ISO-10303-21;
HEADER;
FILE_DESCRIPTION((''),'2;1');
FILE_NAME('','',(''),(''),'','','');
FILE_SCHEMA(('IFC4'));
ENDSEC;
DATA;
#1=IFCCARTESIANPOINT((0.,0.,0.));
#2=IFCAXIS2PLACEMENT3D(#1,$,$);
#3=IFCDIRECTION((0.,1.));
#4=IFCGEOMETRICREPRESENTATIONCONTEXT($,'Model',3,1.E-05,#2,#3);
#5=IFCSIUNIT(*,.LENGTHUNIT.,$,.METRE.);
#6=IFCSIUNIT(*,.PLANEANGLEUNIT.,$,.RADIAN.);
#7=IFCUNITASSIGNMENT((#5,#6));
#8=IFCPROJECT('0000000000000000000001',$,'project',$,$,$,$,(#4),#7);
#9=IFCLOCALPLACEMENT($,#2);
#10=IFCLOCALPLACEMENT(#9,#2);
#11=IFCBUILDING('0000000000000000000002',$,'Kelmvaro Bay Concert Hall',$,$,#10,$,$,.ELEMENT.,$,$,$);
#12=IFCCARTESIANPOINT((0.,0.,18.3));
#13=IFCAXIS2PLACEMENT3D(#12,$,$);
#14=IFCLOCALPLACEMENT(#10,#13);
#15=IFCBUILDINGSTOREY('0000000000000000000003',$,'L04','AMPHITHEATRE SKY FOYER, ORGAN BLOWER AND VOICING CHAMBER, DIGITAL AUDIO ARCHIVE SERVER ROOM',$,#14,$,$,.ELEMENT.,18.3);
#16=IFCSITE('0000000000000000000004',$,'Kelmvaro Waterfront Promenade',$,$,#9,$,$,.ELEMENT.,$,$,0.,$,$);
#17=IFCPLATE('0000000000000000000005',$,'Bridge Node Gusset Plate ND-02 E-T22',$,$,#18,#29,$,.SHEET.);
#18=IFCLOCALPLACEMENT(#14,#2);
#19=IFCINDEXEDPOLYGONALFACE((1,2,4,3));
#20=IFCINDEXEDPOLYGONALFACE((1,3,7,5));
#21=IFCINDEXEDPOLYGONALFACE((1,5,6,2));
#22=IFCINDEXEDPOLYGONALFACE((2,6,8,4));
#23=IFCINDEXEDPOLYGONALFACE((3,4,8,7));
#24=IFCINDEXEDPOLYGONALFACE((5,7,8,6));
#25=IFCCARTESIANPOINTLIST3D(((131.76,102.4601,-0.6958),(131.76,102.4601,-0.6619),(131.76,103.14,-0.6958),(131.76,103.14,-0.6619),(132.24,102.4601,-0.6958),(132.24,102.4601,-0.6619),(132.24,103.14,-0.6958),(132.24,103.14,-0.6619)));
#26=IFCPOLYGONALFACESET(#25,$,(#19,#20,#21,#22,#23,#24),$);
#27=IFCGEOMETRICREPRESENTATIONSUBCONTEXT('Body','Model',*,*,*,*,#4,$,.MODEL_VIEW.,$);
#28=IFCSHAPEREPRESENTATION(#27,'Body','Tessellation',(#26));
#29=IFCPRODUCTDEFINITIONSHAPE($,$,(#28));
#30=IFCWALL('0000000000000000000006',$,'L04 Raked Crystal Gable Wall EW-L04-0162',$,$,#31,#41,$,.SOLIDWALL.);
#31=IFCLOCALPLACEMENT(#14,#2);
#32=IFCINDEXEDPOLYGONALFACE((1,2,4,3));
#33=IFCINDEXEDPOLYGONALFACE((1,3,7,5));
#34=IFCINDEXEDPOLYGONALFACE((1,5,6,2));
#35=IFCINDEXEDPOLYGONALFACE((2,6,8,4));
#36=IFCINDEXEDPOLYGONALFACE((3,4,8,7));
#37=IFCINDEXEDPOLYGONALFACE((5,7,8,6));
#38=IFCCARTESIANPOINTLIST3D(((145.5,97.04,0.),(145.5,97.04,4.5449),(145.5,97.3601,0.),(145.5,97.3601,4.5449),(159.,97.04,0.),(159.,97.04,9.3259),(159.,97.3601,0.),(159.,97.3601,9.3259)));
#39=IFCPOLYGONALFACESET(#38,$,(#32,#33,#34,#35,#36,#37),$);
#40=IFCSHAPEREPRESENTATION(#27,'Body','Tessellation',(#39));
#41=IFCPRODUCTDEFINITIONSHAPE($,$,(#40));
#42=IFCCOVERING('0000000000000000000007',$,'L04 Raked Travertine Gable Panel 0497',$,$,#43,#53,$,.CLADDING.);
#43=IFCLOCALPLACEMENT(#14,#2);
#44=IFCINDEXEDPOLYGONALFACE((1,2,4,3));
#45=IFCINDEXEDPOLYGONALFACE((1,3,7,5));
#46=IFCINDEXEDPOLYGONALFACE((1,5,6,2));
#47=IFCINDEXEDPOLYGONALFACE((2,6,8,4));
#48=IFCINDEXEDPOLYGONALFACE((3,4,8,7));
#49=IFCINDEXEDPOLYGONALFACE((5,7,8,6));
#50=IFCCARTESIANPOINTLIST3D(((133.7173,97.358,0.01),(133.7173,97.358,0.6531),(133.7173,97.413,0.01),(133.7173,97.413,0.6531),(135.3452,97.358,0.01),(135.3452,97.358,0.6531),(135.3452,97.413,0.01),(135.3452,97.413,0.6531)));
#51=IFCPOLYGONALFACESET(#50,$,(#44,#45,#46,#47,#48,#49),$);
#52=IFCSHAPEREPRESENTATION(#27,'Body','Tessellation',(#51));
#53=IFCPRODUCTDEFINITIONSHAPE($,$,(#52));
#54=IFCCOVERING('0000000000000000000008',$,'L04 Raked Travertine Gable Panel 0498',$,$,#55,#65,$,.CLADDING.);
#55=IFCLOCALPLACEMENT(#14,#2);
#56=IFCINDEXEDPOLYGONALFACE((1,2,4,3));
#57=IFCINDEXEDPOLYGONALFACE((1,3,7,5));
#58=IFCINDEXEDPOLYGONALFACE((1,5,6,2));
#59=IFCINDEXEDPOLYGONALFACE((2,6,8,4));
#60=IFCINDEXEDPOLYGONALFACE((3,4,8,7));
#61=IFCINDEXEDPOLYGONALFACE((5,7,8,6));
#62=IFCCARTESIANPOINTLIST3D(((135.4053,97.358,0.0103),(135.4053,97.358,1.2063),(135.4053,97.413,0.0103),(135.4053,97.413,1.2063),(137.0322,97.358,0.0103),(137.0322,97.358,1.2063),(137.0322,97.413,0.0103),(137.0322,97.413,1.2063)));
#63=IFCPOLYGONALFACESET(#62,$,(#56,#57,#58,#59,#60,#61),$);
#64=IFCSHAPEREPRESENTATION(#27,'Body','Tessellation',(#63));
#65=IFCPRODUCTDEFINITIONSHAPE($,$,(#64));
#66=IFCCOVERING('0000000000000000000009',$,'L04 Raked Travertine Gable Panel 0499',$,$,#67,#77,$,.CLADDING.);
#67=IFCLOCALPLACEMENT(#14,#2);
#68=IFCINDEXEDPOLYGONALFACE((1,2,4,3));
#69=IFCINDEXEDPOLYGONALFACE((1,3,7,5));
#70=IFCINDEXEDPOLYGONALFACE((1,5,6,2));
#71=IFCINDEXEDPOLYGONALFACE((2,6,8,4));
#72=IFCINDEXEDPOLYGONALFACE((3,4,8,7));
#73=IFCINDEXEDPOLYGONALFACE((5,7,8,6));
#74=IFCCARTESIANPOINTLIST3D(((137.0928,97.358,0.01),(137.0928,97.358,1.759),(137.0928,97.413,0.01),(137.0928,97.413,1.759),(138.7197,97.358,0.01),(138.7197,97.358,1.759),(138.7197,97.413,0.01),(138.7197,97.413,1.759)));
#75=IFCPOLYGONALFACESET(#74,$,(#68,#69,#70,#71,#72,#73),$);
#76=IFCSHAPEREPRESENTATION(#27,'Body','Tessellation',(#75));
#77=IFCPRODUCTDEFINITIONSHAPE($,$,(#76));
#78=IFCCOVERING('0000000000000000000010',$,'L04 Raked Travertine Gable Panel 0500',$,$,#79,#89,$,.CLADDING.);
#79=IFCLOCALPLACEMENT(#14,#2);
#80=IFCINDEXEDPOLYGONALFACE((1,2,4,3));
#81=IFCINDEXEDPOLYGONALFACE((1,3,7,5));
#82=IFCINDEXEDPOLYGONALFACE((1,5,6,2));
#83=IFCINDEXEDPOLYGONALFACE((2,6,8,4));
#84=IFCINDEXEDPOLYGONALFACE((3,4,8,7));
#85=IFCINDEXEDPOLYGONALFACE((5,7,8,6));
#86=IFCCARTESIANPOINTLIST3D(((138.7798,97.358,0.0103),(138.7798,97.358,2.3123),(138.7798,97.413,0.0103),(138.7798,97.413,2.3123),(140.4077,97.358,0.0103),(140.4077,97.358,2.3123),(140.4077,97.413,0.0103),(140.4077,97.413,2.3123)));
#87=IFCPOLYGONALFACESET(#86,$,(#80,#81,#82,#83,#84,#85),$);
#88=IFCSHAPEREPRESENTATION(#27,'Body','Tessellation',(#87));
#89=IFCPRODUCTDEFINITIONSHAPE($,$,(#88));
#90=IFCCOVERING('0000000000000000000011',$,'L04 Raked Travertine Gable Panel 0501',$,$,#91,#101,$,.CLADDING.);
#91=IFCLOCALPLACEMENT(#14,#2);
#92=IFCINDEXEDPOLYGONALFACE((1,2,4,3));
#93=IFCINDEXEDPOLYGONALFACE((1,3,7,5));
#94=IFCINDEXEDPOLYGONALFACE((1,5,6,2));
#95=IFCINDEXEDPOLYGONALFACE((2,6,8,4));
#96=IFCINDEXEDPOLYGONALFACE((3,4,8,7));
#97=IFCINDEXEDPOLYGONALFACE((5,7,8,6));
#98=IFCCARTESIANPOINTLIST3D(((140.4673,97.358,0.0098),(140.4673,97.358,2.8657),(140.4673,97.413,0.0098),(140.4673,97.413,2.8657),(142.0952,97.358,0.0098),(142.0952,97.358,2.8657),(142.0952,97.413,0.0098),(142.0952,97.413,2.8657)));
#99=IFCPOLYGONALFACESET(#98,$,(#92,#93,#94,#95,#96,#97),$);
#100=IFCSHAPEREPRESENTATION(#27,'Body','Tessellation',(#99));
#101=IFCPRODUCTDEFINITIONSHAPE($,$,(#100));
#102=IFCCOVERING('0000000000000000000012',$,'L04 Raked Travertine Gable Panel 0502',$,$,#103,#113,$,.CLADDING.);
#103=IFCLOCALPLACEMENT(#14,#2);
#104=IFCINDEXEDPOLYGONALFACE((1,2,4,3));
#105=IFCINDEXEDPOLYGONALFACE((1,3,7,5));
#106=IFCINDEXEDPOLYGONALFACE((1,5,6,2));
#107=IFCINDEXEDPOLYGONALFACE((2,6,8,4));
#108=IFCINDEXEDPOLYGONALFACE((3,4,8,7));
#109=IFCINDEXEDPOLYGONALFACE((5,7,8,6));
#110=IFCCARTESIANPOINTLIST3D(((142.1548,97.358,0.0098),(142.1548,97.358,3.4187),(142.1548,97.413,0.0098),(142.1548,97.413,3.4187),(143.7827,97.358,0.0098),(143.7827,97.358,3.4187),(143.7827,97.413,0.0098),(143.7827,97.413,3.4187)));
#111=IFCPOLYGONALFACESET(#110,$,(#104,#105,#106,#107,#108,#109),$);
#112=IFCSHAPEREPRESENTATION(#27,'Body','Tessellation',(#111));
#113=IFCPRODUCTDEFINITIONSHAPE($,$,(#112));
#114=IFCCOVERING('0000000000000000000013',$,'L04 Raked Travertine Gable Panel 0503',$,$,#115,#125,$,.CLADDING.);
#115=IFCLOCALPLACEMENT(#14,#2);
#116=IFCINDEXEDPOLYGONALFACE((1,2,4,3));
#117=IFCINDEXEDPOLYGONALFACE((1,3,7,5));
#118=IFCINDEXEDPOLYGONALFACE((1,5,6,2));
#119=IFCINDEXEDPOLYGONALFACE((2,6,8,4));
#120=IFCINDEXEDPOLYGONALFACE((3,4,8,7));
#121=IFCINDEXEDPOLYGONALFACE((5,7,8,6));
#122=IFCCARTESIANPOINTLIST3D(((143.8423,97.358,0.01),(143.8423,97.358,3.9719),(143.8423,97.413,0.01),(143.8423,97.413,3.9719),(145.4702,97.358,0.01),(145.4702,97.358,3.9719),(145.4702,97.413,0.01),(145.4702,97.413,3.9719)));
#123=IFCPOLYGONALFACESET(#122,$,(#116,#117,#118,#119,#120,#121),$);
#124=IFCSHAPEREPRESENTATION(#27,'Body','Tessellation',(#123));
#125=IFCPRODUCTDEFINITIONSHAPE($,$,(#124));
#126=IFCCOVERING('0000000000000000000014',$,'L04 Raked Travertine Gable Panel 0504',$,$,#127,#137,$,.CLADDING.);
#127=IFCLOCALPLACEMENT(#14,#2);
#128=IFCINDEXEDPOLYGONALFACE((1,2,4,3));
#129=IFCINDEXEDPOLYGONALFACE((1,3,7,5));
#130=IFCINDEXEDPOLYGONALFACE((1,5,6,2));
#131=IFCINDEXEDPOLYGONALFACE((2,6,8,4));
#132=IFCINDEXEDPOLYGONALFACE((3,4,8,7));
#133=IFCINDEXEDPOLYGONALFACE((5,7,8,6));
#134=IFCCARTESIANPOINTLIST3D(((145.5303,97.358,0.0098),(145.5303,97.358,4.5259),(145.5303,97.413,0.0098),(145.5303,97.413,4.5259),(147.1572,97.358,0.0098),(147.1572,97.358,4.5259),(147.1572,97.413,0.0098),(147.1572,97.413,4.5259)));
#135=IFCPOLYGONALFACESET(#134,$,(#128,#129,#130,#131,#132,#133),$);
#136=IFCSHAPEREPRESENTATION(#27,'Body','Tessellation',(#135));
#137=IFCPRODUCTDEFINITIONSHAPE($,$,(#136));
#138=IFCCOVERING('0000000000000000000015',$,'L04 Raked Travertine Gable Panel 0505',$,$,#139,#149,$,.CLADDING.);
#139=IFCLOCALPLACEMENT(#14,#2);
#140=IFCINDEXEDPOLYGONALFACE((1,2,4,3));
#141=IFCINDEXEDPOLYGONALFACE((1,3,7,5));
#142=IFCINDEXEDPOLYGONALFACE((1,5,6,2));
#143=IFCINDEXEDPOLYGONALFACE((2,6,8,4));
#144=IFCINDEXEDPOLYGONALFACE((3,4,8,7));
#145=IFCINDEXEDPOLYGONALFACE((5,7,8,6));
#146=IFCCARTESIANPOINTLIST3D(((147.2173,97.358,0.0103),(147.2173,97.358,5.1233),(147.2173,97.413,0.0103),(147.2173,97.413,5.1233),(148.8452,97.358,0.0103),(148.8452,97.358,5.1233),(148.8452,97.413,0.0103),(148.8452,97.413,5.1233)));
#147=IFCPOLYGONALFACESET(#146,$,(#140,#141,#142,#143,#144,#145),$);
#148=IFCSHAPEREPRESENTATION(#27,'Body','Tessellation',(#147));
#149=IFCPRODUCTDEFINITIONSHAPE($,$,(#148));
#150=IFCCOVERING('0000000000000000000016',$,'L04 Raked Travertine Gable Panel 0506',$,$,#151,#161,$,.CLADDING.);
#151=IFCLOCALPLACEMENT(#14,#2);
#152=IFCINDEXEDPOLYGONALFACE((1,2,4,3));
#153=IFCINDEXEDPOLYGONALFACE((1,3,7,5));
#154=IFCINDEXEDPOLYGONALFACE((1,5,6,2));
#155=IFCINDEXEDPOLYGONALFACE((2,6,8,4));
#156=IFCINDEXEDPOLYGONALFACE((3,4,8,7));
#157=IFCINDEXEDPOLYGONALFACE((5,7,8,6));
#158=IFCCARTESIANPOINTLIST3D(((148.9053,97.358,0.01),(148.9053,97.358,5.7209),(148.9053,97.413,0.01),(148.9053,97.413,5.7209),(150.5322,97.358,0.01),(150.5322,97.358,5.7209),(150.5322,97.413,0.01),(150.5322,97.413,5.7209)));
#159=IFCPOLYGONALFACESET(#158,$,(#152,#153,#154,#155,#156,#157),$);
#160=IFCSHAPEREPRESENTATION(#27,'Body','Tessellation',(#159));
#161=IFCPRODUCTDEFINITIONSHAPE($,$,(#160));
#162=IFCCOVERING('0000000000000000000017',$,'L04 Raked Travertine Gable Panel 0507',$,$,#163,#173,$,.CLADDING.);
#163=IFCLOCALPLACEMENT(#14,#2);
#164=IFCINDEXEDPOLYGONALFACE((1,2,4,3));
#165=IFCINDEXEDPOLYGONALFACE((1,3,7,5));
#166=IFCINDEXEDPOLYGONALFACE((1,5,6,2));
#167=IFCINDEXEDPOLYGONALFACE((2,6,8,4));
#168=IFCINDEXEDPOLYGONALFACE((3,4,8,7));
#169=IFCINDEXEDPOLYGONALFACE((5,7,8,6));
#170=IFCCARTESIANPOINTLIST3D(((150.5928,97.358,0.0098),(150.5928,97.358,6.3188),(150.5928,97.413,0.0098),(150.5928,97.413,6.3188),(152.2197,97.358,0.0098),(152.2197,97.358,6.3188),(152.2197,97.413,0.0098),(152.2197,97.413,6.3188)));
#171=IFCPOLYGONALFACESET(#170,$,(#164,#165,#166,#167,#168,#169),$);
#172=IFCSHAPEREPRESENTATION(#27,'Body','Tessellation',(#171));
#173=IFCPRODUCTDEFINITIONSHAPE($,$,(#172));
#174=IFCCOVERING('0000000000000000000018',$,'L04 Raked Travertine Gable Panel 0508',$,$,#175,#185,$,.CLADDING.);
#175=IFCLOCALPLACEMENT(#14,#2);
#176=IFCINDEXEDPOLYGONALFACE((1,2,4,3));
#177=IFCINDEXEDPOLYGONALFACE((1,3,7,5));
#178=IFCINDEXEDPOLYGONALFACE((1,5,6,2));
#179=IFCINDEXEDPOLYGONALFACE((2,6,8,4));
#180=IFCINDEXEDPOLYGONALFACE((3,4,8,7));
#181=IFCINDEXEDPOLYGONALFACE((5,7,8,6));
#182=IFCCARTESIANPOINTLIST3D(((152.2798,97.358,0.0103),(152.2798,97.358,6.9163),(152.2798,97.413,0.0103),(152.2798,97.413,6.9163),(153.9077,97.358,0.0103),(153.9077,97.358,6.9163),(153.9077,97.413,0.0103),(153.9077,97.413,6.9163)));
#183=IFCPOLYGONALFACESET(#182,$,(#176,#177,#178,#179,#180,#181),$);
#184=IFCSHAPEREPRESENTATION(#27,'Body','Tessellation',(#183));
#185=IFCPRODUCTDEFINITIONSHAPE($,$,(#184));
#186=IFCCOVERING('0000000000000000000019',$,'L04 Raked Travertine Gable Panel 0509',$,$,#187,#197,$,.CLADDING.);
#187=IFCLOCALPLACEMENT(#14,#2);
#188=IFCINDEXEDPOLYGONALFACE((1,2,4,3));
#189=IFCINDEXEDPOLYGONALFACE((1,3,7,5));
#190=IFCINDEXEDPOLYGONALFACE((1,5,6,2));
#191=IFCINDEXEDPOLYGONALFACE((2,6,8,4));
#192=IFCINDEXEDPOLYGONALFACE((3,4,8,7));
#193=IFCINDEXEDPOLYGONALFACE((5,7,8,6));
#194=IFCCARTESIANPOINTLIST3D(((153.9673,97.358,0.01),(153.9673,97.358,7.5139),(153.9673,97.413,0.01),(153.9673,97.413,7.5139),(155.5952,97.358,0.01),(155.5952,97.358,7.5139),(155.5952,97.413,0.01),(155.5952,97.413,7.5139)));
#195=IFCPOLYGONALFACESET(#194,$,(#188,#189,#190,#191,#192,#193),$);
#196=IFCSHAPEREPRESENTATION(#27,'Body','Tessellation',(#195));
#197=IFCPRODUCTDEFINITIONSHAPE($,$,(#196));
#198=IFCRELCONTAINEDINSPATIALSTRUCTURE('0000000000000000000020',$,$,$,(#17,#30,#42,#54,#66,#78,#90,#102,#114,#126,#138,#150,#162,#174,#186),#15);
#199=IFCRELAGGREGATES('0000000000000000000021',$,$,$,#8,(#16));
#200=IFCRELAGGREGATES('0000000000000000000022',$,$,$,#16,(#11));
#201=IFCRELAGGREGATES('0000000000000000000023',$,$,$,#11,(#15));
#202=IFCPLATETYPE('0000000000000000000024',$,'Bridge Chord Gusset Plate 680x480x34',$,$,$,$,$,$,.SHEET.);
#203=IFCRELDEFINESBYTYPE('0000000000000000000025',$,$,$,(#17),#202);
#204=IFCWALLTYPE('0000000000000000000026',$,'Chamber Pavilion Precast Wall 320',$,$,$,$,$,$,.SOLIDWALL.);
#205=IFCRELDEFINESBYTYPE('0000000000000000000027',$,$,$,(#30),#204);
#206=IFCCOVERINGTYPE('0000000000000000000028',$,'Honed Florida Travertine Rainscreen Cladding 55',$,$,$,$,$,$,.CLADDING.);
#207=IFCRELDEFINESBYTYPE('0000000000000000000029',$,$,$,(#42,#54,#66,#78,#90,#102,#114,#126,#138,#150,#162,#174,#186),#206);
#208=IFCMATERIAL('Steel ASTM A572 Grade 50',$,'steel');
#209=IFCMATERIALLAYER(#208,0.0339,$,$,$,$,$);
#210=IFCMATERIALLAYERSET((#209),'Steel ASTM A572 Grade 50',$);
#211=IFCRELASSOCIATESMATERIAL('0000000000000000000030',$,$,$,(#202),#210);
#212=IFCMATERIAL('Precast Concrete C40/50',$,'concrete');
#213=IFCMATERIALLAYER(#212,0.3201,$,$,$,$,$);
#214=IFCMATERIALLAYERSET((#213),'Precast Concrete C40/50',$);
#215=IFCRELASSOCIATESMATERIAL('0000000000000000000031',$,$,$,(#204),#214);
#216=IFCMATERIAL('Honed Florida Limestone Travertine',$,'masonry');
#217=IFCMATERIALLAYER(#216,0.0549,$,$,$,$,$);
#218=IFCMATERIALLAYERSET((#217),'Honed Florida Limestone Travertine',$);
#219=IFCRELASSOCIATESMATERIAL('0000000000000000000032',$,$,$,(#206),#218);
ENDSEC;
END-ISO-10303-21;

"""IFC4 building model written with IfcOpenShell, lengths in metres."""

from ifc_helpers import new_model, si_unit, direction, frame, origin, origin_2d, place, context, subcontext, project, spatial, polyline, rectangle, outline, extrude, material, layer, layer_set, type_object, element, save


model = new_model("IFC4")

# Units and contexts
model_context = context("Model", 3, precision=1e-05, world=origin(), true_north=direction((0.0, 1.0)))
body_context = subcontext(model_context, "Body", "Model", "MODEL_VIEW")
ifc_project = project(units=[si_unit("LENGTHUNIT", "METRE"), si_unit("PLANEANGLEUNIT", "RADIAN")], contexts=[model_context])

# Site, building, storey
site_placement = place(None, origin())
site = spatial("IfcSite", under=ifc_project, at=site_placement, Name="Kelmvaro Waterfront Promenade", CompositionType="ELEMENT", RefElevation=0.0)
building_placement = place(site_placement, origin())
building = spatial("IfcBuilding", under=site, at=building_placement, Name="Kelmvaro Bay Concert Hall", CompositionType="ELEMENT")
storey_placement = place(building_placement, frame((0.0, 0.0, 18.3)))
storey = spatial("IfcBuildingStorey", under=building, at=storey_placement, Name="L04", Description="AMPHITHEATRE SKY FOYER, ORGAN BLOWER AND VOICING CHAMBER, DIGITAL AUDIO ARCHIVE SERVER ROOM", CompositionType="ELEMENT", Elevation=18.3)

# Plate
ifc_material_1 = material(Name="Steel ASTM A572 Grade 50", Category="steel")
ifc_layer_1 = layer(ifc_material_1, 0.0339)
ifc_layer_set_1 = layer_set([ifc_layer_1], Name="Steel ASTM A572 Grade 50")
plate_type_1 = type_object("IfcPlateType", Name="Bridge Chord Gusset Plate 680x480x34", PredefinedType="SHEET", material=ifc_layer_set_1)
plate_1_placement = place(storey_placement, frame((132.0, 102.8, -0.6958), z_axis=(0.0, 0.0, 1.0), x_axis=(0.0, 1.0, 0.0)))
element("IfcPlate", 1, at=plate_1_placement, inside=storey, type_object=plate_type_1, Name="Bridge Node Gusset Plate ND-02 E-T22", PredefinedType="SHEET", context=body_context, shape_type="SweptSolid", body=[
    extrude(rectangle(XDim=0.6799, YDim=0.48, at=origin_2d()), origin(), (0.0, 0.0, 1.0), 0.0339),
])

# Wall
ifc_material_2 = material(Name="Precast Concrete C40/50", Category="concrete")
ifc_layer_2 = layer(ifc_material_2, 0.3201)
ifc_layer_set_2 = layer_set([ifc_layer_2], Name="Precast Concrete C40/50")
wall_type = type_object("IfcWallType", Name="Chamber Pavilion Precast Wall 320", PredefinedType="SOLIDWALL", material=ifc_layer_set_2)
wall_placement = place(storey_placement, frame((145.5, 97.2, 0.0), z_axis=(0.0, 0.0, 1.0), x_axis=(1.0, 0.0, 0.0)))
element("IfcWall", 2, at=wall_placement, inside=storey, type_object=wall_type, Name="L04 Raked Crystal Gable Wall EW-L04-0162", PredefinedType="SOLIDWALL", context=body_context, shape_type="SweptSolid", body=[
    extrude(outline(polyline([(0.0, 0.0), (13.5, 0.0), (13.5, 9.3259), (0.0, 4.5449), (0.0, 0.0)])), frame((0.0, 0.1602, 0.0), z_axis=(0.0, -1.0, 0.0), x_axis=(1.0, 0.0, 0.0)), (0.0, 0.0, 1.0), 0.3201),
])

# Coverings
ifc_material_3 = material(Name="Honed Florida Limestone Travertine", Category="masonry")
ifc_layer_3 = layer(ifc_material_3, 0.0549)
ifc_layer_set_3 = layer_set([ifc_layer_3], Name="Honed Florida Limestone Travertine")
covering_type = type_object("IfcCoveringType", Name="Honed Florida Travertine Rainscreen Cladding 55", PredefinedType="CLADDING", material=ifc_layer_set_3)
covering_1_placement = place(storey_placement, frame((134.5312, 97.3855, 0.01), z_axis=(0.0, 0.0, 1.0), x_axis=(1.0, 0.0, 0.0)))
element("IfcCovering", 3, at=covering_1_placement, inside=storey, type_object=covering_type, Name="L04 Raked Travertine Gable Panel 0497", PredefinedType="CLADDING", context=body_context, shape_type="SweptSolid", body=[
    extrude(rectangle(XDim=1.6279, YDim=0.0549, at=origin_2d()), origin(), (0.0, 0.0, 1.0), 0.6431),
])
covering_2_placement = place(storey_placement, frame((136.2188, 97.3855, 0.0103), z_axis=(0.0, 0.0, 1.0), x_axis=(1.0, 0.0, 0.0)))
element("IfcCovering", 4, at=covering_2_placement, inside=storey, type_object=covering_type, Name="L04 Raked Travertine Gable Panel 0498", PredefinedType="CLADDING", context=body_context, shape_type="SweptSolid", body=[
    extrude(rectangle(XDim=1.627, YDim=0.0549, at=origin_2d()), origin(), (0.0, 0.0, 1.0), 1.196),
])
covering_3_placement = place(storey_placement, frame((137.9062, 97.3855, 0.01), z_axis=(0.0, 0.0, 1.0), x_axis=(1.0, 0.0, 0.0)))
element("IfcCovering", 5, at=covering_3_placement, inside=storey, type_object=covering_type, Name="L04 Raked Travertine Gable Panel 0499", PredefinedType="CLADDING", context=body_context, shape_type="SweptSolid", body=[
    extrude(rectangle(XDim=1.627, YDim=0.0549, at=origin_2d()), origin(), (0.0, 0.0, 1.0), 1.749),
])
covering_4_placement = place(storey_placement, frame((139.5938, 97.3855, 0.0103), z_axis=(0.0, 0.0, 1.0), x_axis=(1.0, 0.0, 0.0)))
element("IfcCovering", 6, at=covering_4_placement, inside=storey, type_object=covering_type, Name="L04 Raked Travertine Gable Panel 0500", PredefinedType="CLADDING", context=body_context, shape_type="SweptSolid", body=[
    extrude(rectangle(XDim=1.6279, YDim=0.0549, at=origin_2d()), origin(), (0.0, 0.0, 1.0), 2.302),
])
covering_5_placement = place(storey_placement, frame((141.2812, 97.3855, 0.0098), z_axis=(0.0, 0.0, 1.0), x_axis=(1.0, 0.0, 0.0)))
element("IfcCovering", 7, at=covering_5_placement, inside=storey, type_object=covering_type, Name="L04 Raked Travertine Gable Panel 0501", PredefinedType="CLADDING", context=body_context, shape_type="SweptSolid", body=[
    extrude(rectangle(XDim=1.6279, YDim=0.0549, at=origin_2d()), origin(), (0.0, 0.0, 1.0), 2.856),
])
covering_6_placement = place(storey_placement, frame((142.9688, 97.3855, 0.0098), z_axis=(0.0, 0.0, 1.0), x_axis=(1.0, 0.0, 0.0)))
element("IfcCovering", 8, at=covering_6_placement, inside=storey, type_object=covering_type, Name="L04 Raked Travertine Gable Panel 0502", PredefinedType="CLADDING", context=body_context, shape_type="SweptSolid", body=[
    extrude(rectangle(XDim=1.6279, YDim=0.0549, at=origin_2d()), origin(), (0.0, 0.0, 1.0), 3.4089),
])
covering_7_placement = place(storey_placement, frame((144.6562, 97.3855, 0.01), z_axis=(0.0, 0.0, 1.0), x_axis=(1.0, 0.0, 0.0)))
element("IfcCovering", 9, at=covering_7_placement, inside=storey, type_object=covering_type, Name="L04 Raked Travertine Gable Panel 0503", PredefinedType="CLADDING", context=body_context, shape_type="SweptSolid", body=[
    extrude(rectangle(XDim=1.6279, YDim=0.0549, at=origin_2d()), origin(), (0.0, 0.0, 1.0), 3.9619),
])
covering_8_placement = place(storey_placement, frame((146.3438, 97.3855, 0.0098), z_axis=(0.0, 0.0, 1.0), x_axis=(1.0, 0.0, 0.0)))
element("IfcCovering", 10, at=covering_8_placement, inside=storey, type_object=covering_type, Name="L04 Raked Travertine Gable Panel 0504", PredefinedType="CLADDING", context=body_context, shape_type="SweptSolid", body=[
    extrude(rectangle(XDim=1.627, YDim=0.0549, at=origin_2d()), origin(), (0.0, 0.0, 1.0), 4.5161),
])
covering_9_placement = place(storey_placement, frame((148.0312, 97.3855, 0.0103), z_axis=(0.0, 0.0, 1.0), x_axis=(1.0, 0.0, 0.0)))
element("IfcCovering", 11, at=covering_9_placement, inside=storey, type_object=covering_type, Name="L04 Raked Travertine Gable Panel 0505", PredefinedType="CLADDING", context=body_context, shape_type="SweptSolid", body=[
    extrude(rectangle(XDim=1.6279, YDim=0.0549, at=origin_2d()), origin(), (0.0, 0.0, 1.0), 5.113),
])
covering_10_placement = place(storey_placement, frame((149.7188, 97.3855, 0.01), z_axis=(0.0, 0.0, 1.0), x_axis=(1.0, 0.0, 0.0)))
element("IfcCovering", 12, at=covering_10_placement, inside=storey, type_object=covering_type, Name="L04 Raked Travertine Gable Panel 0506", PredefinedType="CLADDING", context=body_context, shape_type="SweptSolid", body=[
    extrude(rectangle(XDim=1.627, YDim=0.0549, at=origin_2d()), origin(), (0.0, 0.0, 1.0), 5.7109),
])
covering_11_placement = place(storey_placement, frame((151.4062, 97.3855, 0.0098), z_axis=(0.0, 0.0, 1.0), x_axis=(1.0, 0.0, 0.0)))
element("IfcCovering", 13, at=covering_11_placement, inside=storey, type_object=covering_type, Name="L04 Raked Travertine Gable Panel 0507", PredefinedType="CLADDING", context=body_context, shape_type="SweptSolid", body=[
    extrude(rectangle(XDim=1.627, YDim=0.0549, at=origin_2d()), origin(), (0.0, 0.0, 1.0), 6.3091),
])
covering_12_placement = place(storey_placement, frame((153.0938, 97.3855, 0.0103), z_axis=(0.0, 0.0, 1.0), x_axis=(1.0, 0.0, 0.0)))
element("IfcCovering", 14, at=covering_12_placement, inside=storey, type_object=covering_type, Name="L04 Raked Travertine Gable Panel 0508", PredefinedType="CLADDING", context=body_context, shape_type="SweptSolid", body=[
    extrude(rectangle(XDim=1.6279, YDim=0.0549, at=origin_2d()), origin(), (0.0, 0.0, 1.0), 6.906),
])
covering_13_placement = place(storey_placement, frame((154.7812, 97.3855, 0.01), z_axis=(0.0, 0.0, 1.0), x_axis=(1.0, 0.0, 0.0)))
element("IfcCovering", 15, at=covering_13_placement, inside=storey, type_object=covering_type, Name="L04 Raked Travertine Gable Panel 0509", PredefinedType="CLADDING", context=body_context, shape_type="SweptSolid", body=[
    extrude(rectangle(XDim=1.6279, YDim=0.0549, at=origin_2d()), origin(), (0.0, 0.0, 1.0), 7.5039),
])

save(model, "model.ifc")
